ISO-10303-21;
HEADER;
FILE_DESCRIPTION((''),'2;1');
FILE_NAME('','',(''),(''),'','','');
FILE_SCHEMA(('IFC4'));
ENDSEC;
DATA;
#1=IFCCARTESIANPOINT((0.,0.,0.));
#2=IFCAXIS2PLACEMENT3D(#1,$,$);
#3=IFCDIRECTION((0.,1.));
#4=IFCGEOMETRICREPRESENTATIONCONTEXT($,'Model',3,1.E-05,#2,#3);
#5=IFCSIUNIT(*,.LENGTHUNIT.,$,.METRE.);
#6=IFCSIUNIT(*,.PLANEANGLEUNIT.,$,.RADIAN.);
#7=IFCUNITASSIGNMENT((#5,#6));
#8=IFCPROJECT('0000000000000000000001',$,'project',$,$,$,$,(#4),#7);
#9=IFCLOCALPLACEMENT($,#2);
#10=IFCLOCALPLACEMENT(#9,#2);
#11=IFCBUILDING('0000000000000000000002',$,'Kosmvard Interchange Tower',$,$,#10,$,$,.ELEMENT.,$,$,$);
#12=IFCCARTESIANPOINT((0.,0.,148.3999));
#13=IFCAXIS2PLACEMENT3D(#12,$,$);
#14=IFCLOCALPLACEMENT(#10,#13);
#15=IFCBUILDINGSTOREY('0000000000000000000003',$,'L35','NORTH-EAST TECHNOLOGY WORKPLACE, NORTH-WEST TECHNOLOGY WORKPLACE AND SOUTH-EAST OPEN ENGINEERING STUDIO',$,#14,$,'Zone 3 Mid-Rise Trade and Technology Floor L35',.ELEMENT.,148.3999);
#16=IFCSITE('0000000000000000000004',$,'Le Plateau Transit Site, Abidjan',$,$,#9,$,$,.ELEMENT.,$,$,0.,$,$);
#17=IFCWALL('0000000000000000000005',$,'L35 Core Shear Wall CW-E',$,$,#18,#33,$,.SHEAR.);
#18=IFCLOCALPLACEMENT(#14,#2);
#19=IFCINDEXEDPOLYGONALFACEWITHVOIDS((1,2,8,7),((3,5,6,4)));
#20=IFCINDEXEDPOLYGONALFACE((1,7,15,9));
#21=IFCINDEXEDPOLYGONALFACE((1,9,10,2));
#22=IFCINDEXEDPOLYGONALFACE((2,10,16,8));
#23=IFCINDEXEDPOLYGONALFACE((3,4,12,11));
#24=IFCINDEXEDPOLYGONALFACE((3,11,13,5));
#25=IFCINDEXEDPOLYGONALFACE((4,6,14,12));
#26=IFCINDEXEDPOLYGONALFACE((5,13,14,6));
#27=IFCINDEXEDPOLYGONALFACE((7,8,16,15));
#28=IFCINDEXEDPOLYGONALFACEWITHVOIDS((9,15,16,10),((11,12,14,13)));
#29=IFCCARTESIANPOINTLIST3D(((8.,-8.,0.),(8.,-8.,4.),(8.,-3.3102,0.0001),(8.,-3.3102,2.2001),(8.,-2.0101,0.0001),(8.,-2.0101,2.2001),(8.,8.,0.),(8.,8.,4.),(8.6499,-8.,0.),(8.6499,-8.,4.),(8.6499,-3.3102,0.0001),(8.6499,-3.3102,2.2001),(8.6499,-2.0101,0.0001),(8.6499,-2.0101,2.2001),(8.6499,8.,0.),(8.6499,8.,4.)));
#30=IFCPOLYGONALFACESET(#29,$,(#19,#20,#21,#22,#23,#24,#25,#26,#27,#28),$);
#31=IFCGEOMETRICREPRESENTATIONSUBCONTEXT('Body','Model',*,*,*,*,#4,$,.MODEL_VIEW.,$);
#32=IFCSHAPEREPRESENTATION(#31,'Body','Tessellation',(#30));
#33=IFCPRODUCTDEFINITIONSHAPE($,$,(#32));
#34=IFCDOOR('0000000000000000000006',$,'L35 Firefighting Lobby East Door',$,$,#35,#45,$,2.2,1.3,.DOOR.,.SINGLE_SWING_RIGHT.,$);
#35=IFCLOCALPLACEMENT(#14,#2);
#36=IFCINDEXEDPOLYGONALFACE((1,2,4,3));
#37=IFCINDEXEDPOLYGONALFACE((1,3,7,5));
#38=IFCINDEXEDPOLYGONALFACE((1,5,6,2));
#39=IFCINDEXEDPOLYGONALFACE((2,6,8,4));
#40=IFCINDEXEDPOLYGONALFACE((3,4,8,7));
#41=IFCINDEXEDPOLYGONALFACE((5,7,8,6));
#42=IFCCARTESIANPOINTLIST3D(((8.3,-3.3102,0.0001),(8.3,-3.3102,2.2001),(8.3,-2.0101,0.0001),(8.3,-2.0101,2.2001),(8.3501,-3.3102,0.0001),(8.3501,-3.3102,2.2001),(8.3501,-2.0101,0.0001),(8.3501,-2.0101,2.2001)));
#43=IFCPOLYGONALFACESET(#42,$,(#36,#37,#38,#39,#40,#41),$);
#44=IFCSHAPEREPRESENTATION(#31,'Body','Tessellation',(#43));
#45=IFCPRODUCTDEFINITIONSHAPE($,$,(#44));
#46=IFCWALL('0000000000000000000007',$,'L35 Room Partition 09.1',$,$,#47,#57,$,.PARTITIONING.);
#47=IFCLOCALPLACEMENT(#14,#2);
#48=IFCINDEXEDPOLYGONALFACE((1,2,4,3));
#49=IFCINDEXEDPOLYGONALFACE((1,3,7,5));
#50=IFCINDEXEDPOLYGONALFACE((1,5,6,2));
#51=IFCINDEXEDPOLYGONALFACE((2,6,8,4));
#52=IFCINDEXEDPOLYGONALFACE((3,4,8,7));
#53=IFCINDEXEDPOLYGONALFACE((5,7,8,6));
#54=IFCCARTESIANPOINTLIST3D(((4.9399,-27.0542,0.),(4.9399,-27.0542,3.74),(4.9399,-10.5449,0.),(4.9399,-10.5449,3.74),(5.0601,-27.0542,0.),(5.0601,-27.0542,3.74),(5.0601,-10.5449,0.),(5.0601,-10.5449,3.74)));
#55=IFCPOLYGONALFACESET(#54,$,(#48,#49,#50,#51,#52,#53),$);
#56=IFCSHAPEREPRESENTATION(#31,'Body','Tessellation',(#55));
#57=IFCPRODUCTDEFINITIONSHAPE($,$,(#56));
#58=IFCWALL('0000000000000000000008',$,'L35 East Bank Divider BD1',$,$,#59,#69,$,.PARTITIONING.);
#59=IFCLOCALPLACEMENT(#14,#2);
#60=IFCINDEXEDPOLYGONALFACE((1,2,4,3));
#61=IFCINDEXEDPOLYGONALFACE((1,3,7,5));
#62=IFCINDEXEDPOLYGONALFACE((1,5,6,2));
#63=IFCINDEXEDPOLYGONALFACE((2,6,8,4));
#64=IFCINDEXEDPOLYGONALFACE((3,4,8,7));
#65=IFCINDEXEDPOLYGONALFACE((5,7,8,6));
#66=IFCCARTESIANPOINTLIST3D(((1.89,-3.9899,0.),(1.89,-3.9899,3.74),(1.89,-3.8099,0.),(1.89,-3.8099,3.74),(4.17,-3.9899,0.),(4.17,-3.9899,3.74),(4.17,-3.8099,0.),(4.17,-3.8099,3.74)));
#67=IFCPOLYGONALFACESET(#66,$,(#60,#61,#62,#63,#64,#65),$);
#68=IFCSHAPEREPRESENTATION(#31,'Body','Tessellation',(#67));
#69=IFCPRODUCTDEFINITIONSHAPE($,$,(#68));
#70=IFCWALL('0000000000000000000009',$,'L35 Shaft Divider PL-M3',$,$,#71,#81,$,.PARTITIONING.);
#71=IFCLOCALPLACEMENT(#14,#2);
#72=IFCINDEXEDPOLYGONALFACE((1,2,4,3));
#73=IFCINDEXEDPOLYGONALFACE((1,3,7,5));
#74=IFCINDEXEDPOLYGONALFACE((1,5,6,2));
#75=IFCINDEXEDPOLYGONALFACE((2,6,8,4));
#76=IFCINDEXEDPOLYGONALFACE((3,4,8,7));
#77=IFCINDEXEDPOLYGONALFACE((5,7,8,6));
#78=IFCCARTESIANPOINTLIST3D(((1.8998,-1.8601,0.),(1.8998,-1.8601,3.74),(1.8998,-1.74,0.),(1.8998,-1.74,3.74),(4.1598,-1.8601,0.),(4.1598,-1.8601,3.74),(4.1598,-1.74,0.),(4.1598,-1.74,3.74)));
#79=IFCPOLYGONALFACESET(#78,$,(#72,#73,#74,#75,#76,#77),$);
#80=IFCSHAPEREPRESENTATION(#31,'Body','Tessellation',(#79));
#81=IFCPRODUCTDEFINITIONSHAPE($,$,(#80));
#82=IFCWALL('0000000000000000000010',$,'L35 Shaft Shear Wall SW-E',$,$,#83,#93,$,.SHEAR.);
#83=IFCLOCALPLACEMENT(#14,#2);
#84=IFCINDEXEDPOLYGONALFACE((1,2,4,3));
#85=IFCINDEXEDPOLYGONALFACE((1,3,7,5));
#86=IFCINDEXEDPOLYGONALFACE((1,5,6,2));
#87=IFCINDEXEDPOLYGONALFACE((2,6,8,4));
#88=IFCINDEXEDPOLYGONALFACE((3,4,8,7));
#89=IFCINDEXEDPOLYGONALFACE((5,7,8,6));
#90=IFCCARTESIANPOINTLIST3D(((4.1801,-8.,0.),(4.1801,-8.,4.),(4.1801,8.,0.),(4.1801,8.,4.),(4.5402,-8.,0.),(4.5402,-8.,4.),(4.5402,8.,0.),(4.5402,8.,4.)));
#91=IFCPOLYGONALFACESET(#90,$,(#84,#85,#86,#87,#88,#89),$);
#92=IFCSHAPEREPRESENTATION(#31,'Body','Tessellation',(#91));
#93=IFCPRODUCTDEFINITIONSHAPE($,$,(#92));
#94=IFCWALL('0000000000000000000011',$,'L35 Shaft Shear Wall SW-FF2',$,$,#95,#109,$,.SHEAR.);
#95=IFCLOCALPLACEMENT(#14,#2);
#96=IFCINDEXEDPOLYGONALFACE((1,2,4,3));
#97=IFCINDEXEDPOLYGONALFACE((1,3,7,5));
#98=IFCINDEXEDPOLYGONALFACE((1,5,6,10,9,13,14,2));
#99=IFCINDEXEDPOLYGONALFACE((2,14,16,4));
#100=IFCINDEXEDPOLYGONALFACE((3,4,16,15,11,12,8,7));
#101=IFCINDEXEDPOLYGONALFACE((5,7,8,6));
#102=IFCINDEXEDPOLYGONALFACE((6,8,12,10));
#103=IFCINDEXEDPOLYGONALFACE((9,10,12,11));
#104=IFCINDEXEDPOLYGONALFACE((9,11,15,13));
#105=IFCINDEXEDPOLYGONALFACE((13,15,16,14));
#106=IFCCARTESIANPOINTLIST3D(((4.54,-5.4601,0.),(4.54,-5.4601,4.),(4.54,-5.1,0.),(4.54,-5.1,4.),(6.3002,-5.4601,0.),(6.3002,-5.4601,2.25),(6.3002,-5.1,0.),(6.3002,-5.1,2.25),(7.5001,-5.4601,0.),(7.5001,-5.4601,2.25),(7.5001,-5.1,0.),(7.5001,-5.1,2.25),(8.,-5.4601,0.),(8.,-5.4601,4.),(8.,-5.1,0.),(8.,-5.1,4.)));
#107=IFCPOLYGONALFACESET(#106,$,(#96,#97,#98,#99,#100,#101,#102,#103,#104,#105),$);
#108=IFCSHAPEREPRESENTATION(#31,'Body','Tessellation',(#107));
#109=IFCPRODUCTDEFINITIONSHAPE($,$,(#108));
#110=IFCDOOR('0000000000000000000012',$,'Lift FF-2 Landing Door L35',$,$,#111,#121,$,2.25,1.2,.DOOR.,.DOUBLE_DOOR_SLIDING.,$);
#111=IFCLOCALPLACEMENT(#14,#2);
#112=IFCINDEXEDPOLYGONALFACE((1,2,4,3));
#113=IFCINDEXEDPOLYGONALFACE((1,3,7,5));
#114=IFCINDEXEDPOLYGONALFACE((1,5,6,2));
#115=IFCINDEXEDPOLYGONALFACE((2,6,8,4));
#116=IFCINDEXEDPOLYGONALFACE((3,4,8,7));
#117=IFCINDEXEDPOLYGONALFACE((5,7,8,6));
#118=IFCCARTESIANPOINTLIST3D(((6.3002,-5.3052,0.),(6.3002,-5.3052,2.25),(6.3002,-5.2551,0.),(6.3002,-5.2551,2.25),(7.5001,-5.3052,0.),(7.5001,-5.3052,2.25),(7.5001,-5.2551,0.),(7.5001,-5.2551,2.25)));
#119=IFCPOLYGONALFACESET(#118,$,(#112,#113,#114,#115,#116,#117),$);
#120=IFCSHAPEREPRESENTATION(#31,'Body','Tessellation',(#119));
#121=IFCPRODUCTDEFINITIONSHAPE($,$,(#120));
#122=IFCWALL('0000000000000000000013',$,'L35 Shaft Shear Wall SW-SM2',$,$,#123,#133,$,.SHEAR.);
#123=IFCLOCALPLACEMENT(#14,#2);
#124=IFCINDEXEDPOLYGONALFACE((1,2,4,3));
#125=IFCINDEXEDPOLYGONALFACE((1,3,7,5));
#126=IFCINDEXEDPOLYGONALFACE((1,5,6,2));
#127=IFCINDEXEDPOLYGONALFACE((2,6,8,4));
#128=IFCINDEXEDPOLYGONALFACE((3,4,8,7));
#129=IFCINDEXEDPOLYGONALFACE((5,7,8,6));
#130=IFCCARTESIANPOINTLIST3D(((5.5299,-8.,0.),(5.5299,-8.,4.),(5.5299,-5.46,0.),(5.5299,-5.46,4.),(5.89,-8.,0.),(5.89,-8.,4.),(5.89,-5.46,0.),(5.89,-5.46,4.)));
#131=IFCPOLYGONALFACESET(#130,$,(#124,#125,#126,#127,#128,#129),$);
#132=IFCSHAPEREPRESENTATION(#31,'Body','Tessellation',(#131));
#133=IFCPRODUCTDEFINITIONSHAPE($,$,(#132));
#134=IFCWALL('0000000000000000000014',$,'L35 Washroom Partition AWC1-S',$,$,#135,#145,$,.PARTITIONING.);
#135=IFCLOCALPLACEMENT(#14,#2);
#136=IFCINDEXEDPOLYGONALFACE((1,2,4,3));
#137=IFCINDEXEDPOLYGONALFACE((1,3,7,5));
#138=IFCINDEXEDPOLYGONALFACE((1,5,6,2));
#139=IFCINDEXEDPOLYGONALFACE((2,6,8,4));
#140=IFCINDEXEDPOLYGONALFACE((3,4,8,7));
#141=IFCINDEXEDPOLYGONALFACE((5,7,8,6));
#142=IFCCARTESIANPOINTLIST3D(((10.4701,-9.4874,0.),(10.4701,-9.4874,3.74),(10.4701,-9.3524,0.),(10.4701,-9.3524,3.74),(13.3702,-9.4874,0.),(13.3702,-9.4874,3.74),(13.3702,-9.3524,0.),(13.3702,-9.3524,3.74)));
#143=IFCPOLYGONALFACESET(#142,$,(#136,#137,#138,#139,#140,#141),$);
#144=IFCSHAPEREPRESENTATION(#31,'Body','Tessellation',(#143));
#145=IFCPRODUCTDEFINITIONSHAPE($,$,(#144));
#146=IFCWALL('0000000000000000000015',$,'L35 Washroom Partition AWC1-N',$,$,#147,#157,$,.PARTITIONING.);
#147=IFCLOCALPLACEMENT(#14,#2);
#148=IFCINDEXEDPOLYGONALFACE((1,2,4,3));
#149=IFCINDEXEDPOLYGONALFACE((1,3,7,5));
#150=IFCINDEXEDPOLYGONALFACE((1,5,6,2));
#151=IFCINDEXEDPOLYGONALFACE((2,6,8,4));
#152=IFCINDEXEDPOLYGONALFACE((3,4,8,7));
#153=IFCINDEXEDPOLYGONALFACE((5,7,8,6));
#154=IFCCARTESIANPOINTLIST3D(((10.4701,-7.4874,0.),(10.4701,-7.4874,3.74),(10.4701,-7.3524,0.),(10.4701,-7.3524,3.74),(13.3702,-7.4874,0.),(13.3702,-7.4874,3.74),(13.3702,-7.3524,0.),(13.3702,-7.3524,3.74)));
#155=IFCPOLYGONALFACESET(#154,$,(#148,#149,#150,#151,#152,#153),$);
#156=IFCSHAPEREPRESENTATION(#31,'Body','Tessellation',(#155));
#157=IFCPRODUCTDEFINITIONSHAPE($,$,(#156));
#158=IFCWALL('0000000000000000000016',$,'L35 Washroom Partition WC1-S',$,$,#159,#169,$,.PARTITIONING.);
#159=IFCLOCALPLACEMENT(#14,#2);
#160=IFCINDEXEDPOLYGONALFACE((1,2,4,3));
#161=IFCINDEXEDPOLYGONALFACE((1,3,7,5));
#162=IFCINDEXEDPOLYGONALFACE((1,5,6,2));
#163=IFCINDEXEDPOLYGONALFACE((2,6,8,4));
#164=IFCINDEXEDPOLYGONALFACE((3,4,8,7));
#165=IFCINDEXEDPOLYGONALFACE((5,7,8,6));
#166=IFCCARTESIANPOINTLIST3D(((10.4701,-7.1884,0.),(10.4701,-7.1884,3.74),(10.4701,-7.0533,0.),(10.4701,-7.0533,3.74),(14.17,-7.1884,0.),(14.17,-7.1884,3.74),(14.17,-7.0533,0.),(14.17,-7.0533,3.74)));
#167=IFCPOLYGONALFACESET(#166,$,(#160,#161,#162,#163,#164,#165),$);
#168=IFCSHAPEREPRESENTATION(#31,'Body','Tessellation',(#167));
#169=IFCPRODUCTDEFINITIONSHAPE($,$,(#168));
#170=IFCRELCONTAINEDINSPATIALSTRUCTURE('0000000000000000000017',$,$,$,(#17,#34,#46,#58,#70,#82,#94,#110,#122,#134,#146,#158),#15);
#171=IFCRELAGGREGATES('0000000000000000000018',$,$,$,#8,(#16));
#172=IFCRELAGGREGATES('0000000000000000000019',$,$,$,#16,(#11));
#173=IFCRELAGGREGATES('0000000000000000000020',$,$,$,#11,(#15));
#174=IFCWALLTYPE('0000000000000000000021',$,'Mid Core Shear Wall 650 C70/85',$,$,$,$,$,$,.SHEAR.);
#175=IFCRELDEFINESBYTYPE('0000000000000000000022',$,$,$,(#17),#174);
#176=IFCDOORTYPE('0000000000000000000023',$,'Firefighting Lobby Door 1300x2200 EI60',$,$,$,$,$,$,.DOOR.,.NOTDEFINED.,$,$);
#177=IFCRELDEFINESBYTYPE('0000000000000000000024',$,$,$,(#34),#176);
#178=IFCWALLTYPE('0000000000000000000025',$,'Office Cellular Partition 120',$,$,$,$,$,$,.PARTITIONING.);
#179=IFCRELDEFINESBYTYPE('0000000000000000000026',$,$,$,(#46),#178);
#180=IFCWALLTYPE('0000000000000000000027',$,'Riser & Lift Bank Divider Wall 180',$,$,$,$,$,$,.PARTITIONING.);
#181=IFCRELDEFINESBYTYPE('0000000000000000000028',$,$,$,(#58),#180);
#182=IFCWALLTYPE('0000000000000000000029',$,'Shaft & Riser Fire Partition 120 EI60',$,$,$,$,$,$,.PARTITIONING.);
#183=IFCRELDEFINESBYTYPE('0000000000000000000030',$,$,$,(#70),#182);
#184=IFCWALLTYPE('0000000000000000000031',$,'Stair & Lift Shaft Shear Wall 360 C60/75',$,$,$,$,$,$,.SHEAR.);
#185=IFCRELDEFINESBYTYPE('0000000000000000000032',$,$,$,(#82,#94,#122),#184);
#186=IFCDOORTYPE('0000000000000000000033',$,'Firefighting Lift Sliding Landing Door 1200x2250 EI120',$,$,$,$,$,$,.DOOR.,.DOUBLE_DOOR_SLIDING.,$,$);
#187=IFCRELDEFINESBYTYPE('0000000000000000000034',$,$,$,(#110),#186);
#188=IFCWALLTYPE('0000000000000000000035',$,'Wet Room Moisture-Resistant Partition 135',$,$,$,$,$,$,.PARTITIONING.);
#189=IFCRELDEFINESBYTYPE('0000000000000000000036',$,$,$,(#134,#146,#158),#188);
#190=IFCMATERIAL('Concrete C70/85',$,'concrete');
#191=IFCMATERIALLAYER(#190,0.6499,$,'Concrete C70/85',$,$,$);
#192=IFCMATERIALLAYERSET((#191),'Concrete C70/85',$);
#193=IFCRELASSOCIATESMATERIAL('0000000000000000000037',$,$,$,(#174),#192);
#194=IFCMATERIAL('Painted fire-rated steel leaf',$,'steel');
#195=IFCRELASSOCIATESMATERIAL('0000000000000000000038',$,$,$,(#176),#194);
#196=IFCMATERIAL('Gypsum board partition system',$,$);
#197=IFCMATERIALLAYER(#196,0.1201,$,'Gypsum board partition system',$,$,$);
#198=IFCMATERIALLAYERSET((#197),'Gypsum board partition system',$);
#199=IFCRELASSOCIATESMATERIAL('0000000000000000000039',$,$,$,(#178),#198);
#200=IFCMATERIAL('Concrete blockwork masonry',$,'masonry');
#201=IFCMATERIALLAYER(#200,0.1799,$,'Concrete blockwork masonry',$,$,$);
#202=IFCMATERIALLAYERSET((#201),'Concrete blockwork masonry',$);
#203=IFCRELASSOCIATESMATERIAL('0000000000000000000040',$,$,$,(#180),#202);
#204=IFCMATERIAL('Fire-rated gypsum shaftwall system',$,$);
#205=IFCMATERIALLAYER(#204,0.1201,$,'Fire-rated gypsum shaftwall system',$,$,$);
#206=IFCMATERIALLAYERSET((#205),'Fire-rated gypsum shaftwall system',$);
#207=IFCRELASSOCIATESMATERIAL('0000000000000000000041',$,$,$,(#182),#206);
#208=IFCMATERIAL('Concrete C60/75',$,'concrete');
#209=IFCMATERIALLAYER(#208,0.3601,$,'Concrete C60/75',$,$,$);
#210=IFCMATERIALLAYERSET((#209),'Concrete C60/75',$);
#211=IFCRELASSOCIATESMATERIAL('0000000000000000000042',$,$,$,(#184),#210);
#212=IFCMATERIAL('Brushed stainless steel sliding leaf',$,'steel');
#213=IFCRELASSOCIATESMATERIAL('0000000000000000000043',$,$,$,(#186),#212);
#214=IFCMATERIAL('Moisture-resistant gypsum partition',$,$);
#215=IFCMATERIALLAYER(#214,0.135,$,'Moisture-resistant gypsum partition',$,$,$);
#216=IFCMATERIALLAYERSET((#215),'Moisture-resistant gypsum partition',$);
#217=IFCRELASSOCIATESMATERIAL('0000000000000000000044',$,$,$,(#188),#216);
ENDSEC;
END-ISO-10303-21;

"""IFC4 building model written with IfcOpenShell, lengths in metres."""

from ifc_helpers import new_model, si_unit, direction, frame, frame_2d, origin, place, context, subcontext, project, spatial, rectangle, extrude, source, transform, mapped, material, layer, layer_set, type_object, element, fill, save


model = new_model("IFC4")

# Units and contexts
model_context = context("Model", 3, precision=1e-05, world=origin(), true_north=direction((0.0, 1.0)))
body_context = subcontext(model_context, "Body", "Model", "MODEL_VIEW")
ifc_project = project(units=[si_unit("LENGTHUNIT", "METRE"), si_unit("PLANEANGLEUNIT", "RADIAN")], contexts=[model_context])

# Site, building, storey
site_placement = place(None, origin())
site = spatial("IfcSite", under=ifc_project, at=site_placement, Name="Le Plateau Transit Site, Abidjan", CompositionType="ELEMENT", RefElevation=0.0)
building_placement = place(site_placement, origin())
building = spatial("IfcBuilding", under=site, at=building_placement, Name="Kosmvard Interchange Tower", CompositionType="ELEMENT")
storey_placement = place(building_placement, frame((0.0, 0.0, 148.3999)))
storey = spatial("IfcBuildingStorey", under=building, at=storey_placement, Name="L35", Description="NORTH-EAST TECHNOLOGY WORKPLACE, NORTH-WEST TECHNOLOGY WORKPLACE AND SOUTH-EAST OPEN ENGINEERING STUDIO", LongName="Zone 3 Mid-Rise Trade and Technology Floor L35", CompositionType="ELEMENT", Elevation=148.3999)

# Shared definitions
ifc_material_1 = material(Name="Concrete C60/75", Category="concrete")

# Shared definitions
ifc_material_2 = material(Name="Painted fire-rated steel leaf", Category="steel")
ifc_material_3 = material(Name="Brushed stainless steel sliding leaf", Category="steel")

# Wall, opening, door
ifc_material_4 = material(Name="Concrete C70/85", Category="concrete")
ifc_layer_1 = layer(ifc_material_4, 0.6499, Name="Concrete C70/85")
ifc_layer_set_1 = layer_set([ifc_layer_1], Name="Concrete C70/85")
wall_type_1 = type_object("IfcWallType", Name="Mid Core Shear Wall 650 C70/85", PredefinedType="SHEAR", material=ifc_layer_set_1)
wall_1_placement = place(storey_placement, frame((8.325, -8.0, 0.0), z_axis=(0.0, 0.0, 1.0), x_axis=(0.0, 1.0, 0.0)))
wall_1 = element("IfcWall", 1, at=wall_1_placement, inside=storey, type_object=wall_type_1, Name="L35 Core Shear Wall CW-E", PredefinedType="SHEAR", context=body_context, shape_type="SweptSolid", body=[
    extrude(rectangle(XDim=16.0, YDim=0.6499, at=frame_2d((8.0, 0.0))), origin(), (0.0, 0.0, 1.0), 4.0),
])
opening_1_placement = place(wall_1_placement, frame((4.6899, 0.0, 0.0)))
opening_1 = element("IfcOpeningElement", 2, at=opening_1_placement, cuts=wall_1, PredefinedType="OPENING", context=body_context, shape_type="SweptSolid", body=[
    extrude(rectangle(XDim=1.3, YDim=2.2, at=frame_2d((0.6499, 1.1001))), frame((0.0, 0.335, 0.0), z_axis=(0.0, -1.0, 0.0), x_axis=(1.0, 0.0, 0.0)), (0.0, 0.0, 1.0), 0.6699),
])
door_type_1 = type_object("IfcDoorType", Name="Firefighting Lobby Door 1300x2200 EI60", OperationType="NOTDEFINED", PredefinedType="DOOR", material=ifc_material_2)
shared_shape_1 = source(origin(), body_context, "Body", "SweptSolid", [
    extrude(rectangle(XDim=1.3, YDim=2.2, at=frame_2d((0.6499, 1.1001))), frame((0.0, 0.0249, 0.0), z_axis=(0.0, -1.0, 0.0), x_axis=(1.0, 0.0, 0.0)), (0.0, 0.0, 1.0), 0.05),
])
door_1_placement = place(opening_1_placement, origin())
door_1 = element("IfcDoor", 3, at=door_1_placement, inside=storey, type_object=door_type_1, Name="L35 Firefighting Lobby East Door", OperationType="SINGLE_SWING_RIGHT", OverallHeight=2.2, OverallWidth=1.3, PredefinedType="DOOR", context=body_context, shape_type="MappedRepresentation", body=[
    mapped(shared_shape_1, transform((0.0, 0.0, 0.0), scale=1.0)),
])
fill(opening_1, door_1)

# Walls
ifc_material_5 = material(Name="Gypsum board partition system")
ifc_layer_2 = layer(ifc_material_5, 0.1201, Name="Gypsum board partition system")
ifc_layer_set_2 = layer_set([ifc_layer_2], Name="Gypsum board partition system")
wall_type_2 = type_object("IfcWallType", Name="Office Cellular Partition 120", PredefinedType="PARTITIONING", material=ifc_layer_set_2)
wall_2_placement = place(storey_placement, frame((5.0, -27.0542, 0.0), z_axis=(0.0, 0.0, 1.0), x_axis=(0.0, 1.0, 0.0)))
element("IfcWall", 4, at=wall_2_placement, inside=storey, type_object=wall_type_2, Name="L35 Room Partition 09.1", PredefinedType="PARTITIONING", context=body_context, shape_type="SweptSolid", body=[
    extrude(rectangle(XDim=16.5093, YDim=0.1201, at=frame_2d((8.2546, 0.0))), origin(), (0.0, 0.0, 1.0), 3.74),
])
ifc_material_6 = material(Name="Concrete blockwork masonry", Category="masonry")
ifc_layer_3 = layer(ifc_material_6, 0.1799, Name="Concrete blockwork masonry")
ifc_layer_set_3 = layer_set([ifc_layer_3], Name="Concrete blockwork masonry")
wall_type_3 = type_object("IfcWallType", Name="Riser & Lift Bank Divider Wall 180", PredefinedType="PARTITIONING", material=ifc_layer_set_3)
wall_3_placement = place(storey_placement, frame((1.8899, -3.8999, 0.0), z_axis=(0.0, 0.0, 1.0), x_axis=(1.0, 0.0, 0.0)))
element("IfcWall", 5, at=wall_3_placement, inside=storey, type_object=wall_type_3, Name="L35 East Bank Divider BD1", PredefinedType="PARTITIONING", context=body_context, shape_type="SweptSolid", body=[
    extrude(rectangle(XDim=2.28, YDim=0.1799, at=frame_2d((1.1401, 0.0))), origin(), (0.0, 0.0, 1.0), 3.74),
])
ifc_material_7 = material(Name="Fire-rated gypsum shaftwall system")
ifc_layer_4 = layer(ifc_material_7, 0.1201, Name="Fire-rated gypsum shaftwall system")
ifc_layer_set_4 = layer_set([ifc_layer_4], Name="Fire-rated gypsum shaftwall system")
wall_type_4 = type_object("IfcWallType", Name="Shaft & Riser Fire Partition 120 EI60", PredefinedType="PARTITIONING", material=ifc_layer_set_4)
wall_4_placement = place(storey_placement, frame((1.8999, -1.8, 0.0), z_axis=(0.0, 0.0, 1.0), x_axis=(1.0, 0.0, 0.0)))
element("IfcWall", 6, at=wall_4_placement, inside=storey, type_object=wall_type_4, Name="L35 Shaft Divider PL-M3", PredefinedType="PARTITIONING", context=body_context, shape_type="SweptSolid", body=[
    extrude(rectangle(XDim=2.26, YDim=0.1201, at=frame_2d((1.1299, 0.0))), origin(), (0.0, 0.0, 1.0), 3.74),
])
ifc_layer_5 = layer(ifc_material_1, 0.3601, Name="Concrete C60/75")
ifc_layer_set_5 = layer_set([ifc_layer_5], Name="Concrete C60/75")
wall_type_5 = type_object("IfcWallType", Name="Stair & Lift Shaft Shear Wall 360 C60/75", PredefinedType="SHEAR", material=ifc_layer_set_5)
wall_5_placement = place(storey_placement, frame((4.3601, -8.0, 0.0), z_axis=(0.0, 0.0, 1.0), x_axis=(0.0, 1.0, 0.0)))
element("IfcWall", 7, at=wall_5_placement, inside=storey, type_object=wall_type_5, Name="L35 Shaft Shear Wall SW-E", PredefinedType="SHEAR", context=body_context, shape_type="SweptSolid", body=[
    extrude(rectangle(XDim=16.0, YDim=0.3601, at=frame_2d((8.0, 0.0))), origin(), (0.0, 0.0, 1.0), 4.0),
])

# Wall, opening, door
wall_6_placement = place(storey_placement, frame((4.54, -5.28, 0.0), z_axis=(0.0, 0.0, 1.0), x_axis=(1.0, 0.0, 0.0)))
wall_6 = element("IfcWall", 8, at=wall_6_placement, inside=storey, type_object=wall_type_5, Name="L35 Shaft Shear Wall SW-FF2", PredefinedType="SHEAR", context=body_context, shape_type="SweptSolid", body=[
    extrude(rectangle(XDim=3.46, YDim=0.3601, at=frame_2d((1.73, 0.0))), origin(), (0.0, 0.0, 1.0), 4.0),
])
opening_2_placement = place(wall_6_placement, frame((1.76, 0.0, 0.0)))
opening_2 = element("IfcOpeningElement", 9, at=opening_2_placement, cuts=wall_6, PredefinedType="OPENING", context=body_context, shape_type="SweptSolid", body=[
    extrude(rectangle(XDim=1.2, YDim=2.25, at=frame_2d((0.6001, 1.125))), frame((0.0, 0.1899, 0.0), z_axis=(0.0, -1.0, 0.0), x_axis=(1.0, 0.0, 0.0)), (0.0, 0.0, 1.0), 0.3801),
])
door_type_2 = type_object("IfcDoorType", Name="Firefighting Lift Sliding Landing Door 1200x2250 EI120", OperationType="DOUBLE_DOOR_SLIDING", PredefinedType="DOOR", material=ifc_material_3)
shared_shape_2 = source(origin(), body_context, "Body", "SweptSolid", [
    extrude(rectangle(XDim=1.2, YDim=2.25, at=frame_2d((0.6001, 1.125))), frame((0.0, 0.0249, 0.0), z_axis=(0.0, -1.0, 0.0), x_axis=(1.0, 0.0, 0.0)), (0.0, 0.0, 1.0), 0.05),
])
door_2_placement = place(opening_2_placement, origin())
door_2 = element("IfcDoor", 10, at=door_2_placement, inside=storey, type_object=door_type_2, Name="Lift FF-2 Landing Door L35", OperationType="DOUBLE_DOOR_SLIDING", OverallHeight=2.25, OverallWidth=1.2, PredefinedType="DOOR", context=body_context, shape_type="MappedRepresentation", body=[
    mapped(shared_shape_2, transform((0.0, 0.0, 0.0), scale=1.0)),
])
fill(opening_2, door_2)

# Walls
wall_7_placement = place(storey_placement, frame((5.71, -8.0, 0.0), z_axis=(0.0, 0.0, 1.0), x_axis=(0.0, 1.0, 0.0)))
element("IfcWall", 11, at=wall_7_placement, inside=storey, type_object=wall_type_5, Name="L35 Shaft Shear Wall SW-SM2", PredefinedType="SHEAR", context=body_context, shape_type="SweptSolid", body=[
    extrude(rectangle(XDim=2.54, YDim=0.3601, at=frame_2d((1.27, 0.0))), origin(), (0.0, 0.0, 1.0), 4.0),
])
ifc_material_8 = material(Name="Moisture-resistant gypsum partition")
ifc_layer_6 = layer(ifc_material_8, 0.135, Name="Moisture-resistant gypsum partition")
ifc_layer_set_6 = layer_set([ifc_layer_6], Name="Moisture-resistant gypsum partition")
wall_type_6 = type_object("IfcWallType", Name="Wet Room Moisture-Resistant Partition 135", PredefinedType="PARTITIONING", material=ifc_layer_set_6)
for number, where, z_axis, x_axis, name in (
    (12, (10.47, -9.4199, 0.0), (0.0, 0.0, 1.0), (1.0, 0.0, 0.0), "L35 Washroom Partition AWC1-S"),
    (13, (10.47, -7.4199, 0.0), (0.0, 0.0, 1.0), (1.0, 0.0, 0.0), "L35 Washroom Partition AWC1-N"),
):
    element("IfcWall", number, at=place(storey_placement, frame(where, z_axis=z_axis, x_axis=x_axis)), inside=storey, type_object=wall_type_6, Name=name, PredefinedType="PARTITIONING", context=body_context, shape_type="SweptSolid", body=[
        extrude(rectangle(XDim=2.9001, YDim=0.135, at=frame_2d((1.4502, 0.0))), origin(), (0.0, 0.0, 1.0), 3.74),
    ])
for number, where, z_axis, x_axis, name in (
    (14, (10.47, -7.1208, 0.0), (0.0, 0.0, 1.0), (1.0, 0.0, 0.0), "L35 Washroom Partition WC1-S"),
):
    element("IfcWall", number, at=place(storey_placement, frame(where, z_axis=z_axis, x_axis=x_axis)), inside=storey, type_object=wall_type_6, Name=name, PredefinedType="PARTITIONING", context=body_context, shape_type="SweptSolid", body=[
        extrude(rectangle(XDim=3.7, YDim=0.135, at=frame_2d((1.8501, 0.0))), origin(), (0.0, 0.0, 1.0), 3.74),
    ])

save(model, "model.ifc")
